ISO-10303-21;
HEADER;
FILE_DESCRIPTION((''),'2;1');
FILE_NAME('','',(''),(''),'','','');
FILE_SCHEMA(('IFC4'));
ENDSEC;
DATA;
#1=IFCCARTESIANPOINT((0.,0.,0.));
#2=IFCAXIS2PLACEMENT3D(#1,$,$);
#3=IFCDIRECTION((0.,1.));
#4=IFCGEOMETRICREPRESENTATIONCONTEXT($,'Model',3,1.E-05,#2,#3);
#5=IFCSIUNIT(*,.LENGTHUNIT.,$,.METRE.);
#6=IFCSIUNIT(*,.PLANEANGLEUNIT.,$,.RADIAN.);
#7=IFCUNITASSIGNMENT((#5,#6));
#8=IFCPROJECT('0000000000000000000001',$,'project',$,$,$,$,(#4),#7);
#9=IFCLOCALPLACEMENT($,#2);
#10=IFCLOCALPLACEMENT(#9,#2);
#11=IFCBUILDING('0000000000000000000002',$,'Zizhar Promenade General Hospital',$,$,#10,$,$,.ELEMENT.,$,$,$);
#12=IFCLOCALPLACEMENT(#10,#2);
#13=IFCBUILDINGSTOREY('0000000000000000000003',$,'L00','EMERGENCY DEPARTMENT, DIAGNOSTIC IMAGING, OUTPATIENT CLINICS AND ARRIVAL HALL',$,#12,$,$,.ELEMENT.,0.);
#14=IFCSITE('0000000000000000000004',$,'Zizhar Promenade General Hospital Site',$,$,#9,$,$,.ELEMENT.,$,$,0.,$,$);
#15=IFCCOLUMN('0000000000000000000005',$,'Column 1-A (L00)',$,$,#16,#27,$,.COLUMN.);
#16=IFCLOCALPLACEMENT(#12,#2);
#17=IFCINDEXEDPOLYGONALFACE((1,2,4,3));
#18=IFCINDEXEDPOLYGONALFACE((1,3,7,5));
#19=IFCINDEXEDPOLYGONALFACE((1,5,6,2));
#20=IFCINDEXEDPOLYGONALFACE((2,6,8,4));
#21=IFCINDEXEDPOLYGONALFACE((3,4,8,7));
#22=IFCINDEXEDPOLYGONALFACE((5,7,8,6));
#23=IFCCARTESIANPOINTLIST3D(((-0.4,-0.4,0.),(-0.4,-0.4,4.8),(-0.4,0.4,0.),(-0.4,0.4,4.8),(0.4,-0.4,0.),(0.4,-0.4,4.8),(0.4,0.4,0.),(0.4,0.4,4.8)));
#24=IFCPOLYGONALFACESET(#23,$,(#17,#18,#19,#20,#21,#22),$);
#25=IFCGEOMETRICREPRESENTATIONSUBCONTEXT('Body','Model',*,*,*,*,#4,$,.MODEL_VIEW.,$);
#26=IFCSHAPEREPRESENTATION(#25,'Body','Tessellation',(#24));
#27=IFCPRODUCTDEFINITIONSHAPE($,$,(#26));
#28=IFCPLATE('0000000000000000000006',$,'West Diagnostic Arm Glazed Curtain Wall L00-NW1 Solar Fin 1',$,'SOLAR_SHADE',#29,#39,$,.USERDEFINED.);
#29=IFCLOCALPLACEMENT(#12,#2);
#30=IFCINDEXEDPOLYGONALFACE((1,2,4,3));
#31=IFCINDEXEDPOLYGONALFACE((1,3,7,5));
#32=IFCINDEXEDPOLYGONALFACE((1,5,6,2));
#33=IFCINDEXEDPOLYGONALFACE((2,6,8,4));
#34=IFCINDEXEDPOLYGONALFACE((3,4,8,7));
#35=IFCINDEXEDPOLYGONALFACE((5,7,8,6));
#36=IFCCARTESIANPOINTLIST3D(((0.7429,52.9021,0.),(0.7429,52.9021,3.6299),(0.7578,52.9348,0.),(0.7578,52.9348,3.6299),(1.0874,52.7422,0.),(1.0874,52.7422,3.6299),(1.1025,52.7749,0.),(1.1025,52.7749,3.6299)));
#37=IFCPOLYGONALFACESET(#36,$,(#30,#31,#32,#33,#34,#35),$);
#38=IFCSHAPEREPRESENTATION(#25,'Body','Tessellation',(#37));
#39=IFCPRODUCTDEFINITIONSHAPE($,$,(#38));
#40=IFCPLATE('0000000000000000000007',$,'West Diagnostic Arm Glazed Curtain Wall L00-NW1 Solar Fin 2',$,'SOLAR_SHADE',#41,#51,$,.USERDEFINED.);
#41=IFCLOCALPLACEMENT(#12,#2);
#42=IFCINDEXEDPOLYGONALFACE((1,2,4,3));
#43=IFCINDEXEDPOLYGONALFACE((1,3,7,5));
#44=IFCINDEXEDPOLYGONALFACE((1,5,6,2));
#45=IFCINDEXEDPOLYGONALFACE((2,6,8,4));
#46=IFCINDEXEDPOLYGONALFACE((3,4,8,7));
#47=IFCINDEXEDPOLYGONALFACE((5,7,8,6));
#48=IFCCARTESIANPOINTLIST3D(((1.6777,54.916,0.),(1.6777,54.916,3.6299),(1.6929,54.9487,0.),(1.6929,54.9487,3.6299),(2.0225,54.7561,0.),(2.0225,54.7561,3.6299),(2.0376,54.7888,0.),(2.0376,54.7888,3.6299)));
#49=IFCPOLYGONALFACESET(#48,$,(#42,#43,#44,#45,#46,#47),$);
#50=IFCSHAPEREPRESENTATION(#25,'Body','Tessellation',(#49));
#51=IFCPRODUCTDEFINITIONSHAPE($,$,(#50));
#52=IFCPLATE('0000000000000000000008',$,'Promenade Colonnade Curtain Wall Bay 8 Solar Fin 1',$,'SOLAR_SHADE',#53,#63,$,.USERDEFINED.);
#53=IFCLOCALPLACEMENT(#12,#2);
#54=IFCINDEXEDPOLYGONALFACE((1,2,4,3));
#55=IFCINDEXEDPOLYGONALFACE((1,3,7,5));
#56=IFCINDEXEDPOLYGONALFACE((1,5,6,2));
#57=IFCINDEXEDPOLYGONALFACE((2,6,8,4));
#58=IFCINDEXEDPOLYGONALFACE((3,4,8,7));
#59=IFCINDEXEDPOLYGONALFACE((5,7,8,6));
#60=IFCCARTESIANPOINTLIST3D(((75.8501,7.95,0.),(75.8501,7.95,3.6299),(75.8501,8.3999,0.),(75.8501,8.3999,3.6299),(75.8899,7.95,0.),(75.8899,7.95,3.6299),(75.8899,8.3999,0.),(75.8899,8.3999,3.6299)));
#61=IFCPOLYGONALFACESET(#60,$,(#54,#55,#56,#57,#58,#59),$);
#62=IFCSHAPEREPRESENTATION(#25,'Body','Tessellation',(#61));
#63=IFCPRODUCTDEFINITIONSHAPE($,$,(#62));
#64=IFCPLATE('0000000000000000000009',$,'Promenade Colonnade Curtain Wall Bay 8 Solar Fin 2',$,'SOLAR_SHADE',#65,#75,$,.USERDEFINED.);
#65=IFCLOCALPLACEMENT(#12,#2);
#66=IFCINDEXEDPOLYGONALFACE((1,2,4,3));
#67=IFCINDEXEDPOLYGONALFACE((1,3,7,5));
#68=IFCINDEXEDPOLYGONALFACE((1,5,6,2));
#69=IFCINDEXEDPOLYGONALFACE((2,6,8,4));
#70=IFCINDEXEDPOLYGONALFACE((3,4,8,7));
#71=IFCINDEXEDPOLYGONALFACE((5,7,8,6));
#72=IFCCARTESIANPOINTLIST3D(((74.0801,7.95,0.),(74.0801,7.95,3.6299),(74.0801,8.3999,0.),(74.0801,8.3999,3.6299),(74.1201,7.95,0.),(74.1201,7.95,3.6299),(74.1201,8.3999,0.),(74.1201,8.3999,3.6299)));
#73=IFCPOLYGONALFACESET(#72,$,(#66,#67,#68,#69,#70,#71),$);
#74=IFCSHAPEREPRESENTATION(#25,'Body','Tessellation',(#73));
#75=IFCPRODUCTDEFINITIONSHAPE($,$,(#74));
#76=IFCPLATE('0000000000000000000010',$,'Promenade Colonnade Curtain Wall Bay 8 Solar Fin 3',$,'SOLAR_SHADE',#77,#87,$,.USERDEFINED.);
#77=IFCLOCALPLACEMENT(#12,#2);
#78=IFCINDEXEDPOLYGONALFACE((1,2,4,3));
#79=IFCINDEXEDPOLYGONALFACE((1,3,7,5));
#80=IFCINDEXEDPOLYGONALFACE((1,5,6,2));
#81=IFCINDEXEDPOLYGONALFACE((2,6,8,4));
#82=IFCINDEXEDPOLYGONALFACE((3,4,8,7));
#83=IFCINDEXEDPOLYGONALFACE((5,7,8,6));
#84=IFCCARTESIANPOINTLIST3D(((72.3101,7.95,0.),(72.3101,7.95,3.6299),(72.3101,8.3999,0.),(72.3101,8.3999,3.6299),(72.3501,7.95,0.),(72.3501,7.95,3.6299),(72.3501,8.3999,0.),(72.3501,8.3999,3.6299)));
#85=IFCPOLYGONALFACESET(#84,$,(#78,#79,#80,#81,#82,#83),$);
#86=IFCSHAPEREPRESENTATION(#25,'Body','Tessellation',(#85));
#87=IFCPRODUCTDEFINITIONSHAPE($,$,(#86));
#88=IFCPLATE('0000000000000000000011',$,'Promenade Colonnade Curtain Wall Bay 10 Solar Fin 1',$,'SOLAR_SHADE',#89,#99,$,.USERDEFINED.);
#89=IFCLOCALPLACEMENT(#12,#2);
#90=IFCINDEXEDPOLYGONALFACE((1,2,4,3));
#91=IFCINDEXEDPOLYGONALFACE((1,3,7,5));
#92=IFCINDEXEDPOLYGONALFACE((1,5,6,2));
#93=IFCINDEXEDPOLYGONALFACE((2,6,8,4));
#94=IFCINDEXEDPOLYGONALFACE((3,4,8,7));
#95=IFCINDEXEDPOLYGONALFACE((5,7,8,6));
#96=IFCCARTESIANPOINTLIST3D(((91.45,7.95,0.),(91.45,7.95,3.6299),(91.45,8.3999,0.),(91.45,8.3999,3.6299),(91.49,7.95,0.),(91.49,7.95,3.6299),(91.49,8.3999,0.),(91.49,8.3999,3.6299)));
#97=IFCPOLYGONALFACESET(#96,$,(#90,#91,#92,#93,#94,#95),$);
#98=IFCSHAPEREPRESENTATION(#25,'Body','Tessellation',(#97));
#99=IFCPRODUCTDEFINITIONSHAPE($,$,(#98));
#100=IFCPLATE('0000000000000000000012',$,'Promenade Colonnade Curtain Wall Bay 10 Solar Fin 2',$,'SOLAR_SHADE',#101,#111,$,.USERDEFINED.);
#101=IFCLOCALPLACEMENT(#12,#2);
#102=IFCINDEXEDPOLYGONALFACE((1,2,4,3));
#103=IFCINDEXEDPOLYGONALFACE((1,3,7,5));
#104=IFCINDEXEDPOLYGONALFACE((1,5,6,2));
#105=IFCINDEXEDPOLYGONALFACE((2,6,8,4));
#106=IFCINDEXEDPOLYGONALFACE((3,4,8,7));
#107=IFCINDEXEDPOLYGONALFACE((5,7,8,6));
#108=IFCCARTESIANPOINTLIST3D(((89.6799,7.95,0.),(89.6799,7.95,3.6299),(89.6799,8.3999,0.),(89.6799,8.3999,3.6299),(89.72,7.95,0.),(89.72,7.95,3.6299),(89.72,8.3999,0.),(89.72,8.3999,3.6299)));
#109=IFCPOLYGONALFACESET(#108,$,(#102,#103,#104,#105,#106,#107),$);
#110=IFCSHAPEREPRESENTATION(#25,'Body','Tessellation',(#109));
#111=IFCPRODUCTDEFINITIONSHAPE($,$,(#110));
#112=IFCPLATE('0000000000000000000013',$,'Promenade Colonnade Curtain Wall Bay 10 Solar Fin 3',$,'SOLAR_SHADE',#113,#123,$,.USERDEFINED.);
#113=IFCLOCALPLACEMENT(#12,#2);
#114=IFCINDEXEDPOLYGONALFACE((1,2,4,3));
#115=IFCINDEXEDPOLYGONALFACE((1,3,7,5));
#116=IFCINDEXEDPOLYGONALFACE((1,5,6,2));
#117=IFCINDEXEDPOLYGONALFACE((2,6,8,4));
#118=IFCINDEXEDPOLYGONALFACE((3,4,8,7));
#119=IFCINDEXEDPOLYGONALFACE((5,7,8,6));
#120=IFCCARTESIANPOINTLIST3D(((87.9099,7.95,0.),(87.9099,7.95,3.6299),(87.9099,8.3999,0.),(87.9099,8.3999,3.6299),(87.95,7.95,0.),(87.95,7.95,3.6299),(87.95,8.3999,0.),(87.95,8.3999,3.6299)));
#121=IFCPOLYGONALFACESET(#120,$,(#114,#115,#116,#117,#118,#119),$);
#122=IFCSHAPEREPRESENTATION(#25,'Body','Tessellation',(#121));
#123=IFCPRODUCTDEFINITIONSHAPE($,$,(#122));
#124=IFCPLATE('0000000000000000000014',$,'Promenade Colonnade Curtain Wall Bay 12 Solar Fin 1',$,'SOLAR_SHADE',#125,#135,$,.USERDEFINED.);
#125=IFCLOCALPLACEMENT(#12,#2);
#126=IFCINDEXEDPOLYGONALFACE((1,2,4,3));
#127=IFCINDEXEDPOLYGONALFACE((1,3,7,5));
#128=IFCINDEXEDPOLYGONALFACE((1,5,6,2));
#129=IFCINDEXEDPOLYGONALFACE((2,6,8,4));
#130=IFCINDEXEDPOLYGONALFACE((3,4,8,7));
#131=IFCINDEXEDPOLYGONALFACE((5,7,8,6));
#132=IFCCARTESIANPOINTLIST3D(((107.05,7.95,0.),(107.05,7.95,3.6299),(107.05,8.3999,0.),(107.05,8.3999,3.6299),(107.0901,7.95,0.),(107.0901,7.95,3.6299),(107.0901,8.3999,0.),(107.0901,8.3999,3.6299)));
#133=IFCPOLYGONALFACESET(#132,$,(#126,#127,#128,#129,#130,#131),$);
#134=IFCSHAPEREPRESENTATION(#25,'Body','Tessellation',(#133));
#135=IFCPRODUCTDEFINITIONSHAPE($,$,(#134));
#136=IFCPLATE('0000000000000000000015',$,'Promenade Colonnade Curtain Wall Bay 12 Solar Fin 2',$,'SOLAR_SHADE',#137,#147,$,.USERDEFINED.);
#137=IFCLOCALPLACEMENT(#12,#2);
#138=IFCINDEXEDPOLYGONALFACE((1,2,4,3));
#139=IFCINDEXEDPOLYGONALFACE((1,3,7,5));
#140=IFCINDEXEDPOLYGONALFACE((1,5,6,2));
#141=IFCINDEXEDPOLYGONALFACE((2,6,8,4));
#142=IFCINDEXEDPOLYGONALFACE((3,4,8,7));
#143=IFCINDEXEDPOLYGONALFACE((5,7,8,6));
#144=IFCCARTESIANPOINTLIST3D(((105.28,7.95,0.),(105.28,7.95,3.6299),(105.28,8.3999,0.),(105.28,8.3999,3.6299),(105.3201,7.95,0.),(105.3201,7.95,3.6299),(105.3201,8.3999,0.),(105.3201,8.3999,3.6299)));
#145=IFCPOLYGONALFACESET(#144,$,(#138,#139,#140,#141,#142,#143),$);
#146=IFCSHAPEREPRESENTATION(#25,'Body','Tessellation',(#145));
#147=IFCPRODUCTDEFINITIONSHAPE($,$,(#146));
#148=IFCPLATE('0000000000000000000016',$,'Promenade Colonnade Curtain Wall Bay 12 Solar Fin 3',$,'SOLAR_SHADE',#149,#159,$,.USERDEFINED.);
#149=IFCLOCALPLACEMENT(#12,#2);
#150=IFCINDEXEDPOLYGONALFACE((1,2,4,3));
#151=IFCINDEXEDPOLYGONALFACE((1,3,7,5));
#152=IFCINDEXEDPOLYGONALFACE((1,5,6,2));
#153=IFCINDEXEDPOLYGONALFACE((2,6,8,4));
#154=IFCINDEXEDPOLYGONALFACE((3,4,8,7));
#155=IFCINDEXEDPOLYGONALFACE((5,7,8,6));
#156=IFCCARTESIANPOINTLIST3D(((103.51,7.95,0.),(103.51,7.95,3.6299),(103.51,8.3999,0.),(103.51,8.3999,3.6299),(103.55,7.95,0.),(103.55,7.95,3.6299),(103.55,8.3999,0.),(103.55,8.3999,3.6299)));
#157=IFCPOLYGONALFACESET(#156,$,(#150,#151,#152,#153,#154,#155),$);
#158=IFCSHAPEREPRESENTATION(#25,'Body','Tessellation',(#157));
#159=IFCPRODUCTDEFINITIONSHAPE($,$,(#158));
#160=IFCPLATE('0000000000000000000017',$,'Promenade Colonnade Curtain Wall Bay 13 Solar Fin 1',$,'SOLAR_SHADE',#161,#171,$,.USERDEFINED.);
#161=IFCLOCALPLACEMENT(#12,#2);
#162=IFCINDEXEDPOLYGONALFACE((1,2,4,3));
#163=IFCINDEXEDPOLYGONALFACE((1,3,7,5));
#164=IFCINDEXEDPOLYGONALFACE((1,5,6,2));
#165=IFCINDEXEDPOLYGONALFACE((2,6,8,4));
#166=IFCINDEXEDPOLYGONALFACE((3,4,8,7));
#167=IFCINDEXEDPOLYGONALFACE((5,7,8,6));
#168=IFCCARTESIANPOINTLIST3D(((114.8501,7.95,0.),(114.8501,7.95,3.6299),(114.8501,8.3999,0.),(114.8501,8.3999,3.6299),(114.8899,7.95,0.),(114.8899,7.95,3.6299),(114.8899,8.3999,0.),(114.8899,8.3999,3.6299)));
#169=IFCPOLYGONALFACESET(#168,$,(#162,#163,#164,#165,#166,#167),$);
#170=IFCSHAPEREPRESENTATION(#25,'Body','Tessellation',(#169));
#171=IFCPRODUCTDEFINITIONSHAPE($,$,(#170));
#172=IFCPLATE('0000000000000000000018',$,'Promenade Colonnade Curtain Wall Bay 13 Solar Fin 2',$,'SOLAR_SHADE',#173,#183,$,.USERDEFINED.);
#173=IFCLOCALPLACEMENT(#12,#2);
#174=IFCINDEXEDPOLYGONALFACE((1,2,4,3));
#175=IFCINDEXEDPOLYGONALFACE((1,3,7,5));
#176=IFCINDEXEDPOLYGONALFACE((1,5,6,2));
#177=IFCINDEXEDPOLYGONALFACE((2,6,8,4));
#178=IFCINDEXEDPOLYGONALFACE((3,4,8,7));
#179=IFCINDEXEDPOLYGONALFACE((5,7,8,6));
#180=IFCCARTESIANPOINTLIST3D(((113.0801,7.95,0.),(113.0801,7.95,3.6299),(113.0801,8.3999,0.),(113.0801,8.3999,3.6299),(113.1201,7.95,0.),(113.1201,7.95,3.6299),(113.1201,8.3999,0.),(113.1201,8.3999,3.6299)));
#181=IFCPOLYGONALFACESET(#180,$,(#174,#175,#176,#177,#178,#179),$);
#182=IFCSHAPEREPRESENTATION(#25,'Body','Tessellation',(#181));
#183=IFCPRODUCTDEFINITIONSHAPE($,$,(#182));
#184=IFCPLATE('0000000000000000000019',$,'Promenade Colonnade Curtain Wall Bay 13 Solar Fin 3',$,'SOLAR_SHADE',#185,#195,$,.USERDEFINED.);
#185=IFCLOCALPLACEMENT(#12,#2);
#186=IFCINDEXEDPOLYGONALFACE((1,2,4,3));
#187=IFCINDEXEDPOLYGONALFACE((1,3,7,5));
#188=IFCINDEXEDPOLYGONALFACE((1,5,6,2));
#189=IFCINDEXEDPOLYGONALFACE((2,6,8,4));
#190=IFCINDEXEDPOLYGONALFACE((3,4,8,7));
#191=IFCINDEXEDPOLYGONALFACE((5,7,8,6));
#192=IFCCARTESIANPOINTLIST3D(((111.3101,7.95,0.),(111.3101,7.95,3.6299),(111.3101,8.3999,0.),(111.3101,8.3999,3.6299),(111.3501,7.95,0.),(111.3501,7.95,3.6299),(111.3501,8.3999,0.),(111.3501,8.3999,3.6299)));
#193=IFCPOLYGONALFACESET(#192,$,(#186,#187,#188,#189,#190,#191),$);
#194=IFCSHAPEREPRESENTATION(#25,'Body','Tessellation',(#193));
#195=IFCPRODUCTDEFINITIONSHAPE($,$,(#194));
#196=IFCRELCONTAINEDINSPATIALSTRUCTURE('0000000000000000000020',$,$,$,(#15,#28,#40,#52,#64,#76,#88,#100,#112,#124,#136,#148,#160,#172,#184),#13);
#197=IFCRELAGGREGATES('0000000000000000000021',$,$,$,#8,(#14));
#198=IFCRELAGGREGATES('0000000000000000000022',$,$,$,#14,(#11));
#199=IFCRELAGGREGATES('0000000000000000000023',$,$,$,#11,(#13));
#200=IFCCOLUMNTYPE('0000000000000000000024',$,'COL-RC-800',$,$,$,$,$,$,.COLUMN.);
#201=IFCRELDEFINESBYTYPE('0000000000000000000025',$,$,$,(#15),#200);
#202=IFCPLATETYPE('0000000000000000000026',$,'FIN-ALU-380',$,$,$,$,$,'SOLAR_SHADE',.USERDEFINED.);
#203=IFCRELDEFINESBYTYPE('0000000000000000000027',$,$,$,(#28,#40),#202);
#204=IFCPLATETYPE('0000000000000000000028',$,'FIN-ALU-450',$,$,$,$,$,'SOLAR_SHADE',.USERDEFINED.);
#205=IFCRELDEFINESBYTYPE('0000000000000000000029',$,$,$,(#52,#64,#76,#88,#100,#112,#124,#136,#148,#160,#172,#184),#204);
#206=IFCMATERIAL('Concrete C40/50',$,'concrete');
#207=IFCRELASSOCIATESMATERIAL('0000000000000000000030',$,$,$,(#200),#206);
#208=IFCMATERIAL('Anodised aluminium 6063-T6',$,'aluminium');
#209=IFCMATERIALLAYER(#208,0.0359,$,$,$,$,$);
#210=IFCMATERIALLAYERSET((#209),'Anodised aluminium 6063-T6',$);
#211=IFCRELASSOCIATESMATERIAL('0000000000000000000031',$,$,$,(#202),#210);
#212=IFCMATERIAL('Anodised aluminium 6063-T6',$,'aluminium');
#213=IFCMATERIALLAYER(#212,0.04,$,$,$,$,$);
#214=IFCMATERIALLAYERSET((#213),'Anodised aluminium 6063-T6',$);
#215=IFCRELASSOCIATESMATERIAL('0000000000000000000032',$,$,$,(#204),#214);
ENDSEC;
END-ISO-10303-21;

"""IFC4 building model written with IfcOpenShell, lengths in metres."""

from ifc_helpers import new_model, si_unit, direction, origin, origin_with_axes, origin_2d, place, context, subcontext, project, spatial, polyline, rectangle, outline, extrude, material, layer, layer_set, material_profile, profile_set, type_object, element, save


model = new_model("IFC4")

# Units and contexts
model_context = context("Model", 3, precision=1e-05, world=origin(), true_north=direction((0.0, 1.0)))
body_context = subcontext(model_context, "Body", "Model", "MODEL_VIEW")
ifc_project = project(units=[si_unit("LENGTHUNIT", "METRE"), si_unit("PLANEANGLEUNIT", "RADIAN")], contexts=[model_context])

# Site, building, storey
site_placement = place(None, origin())
site = spatial("IfcSite", under=ifc_project, at=site_placement, Name="Zizhar Promenade General Hospital Site", CompositionType="ELEMENT", RefElevation=0.0)
building_placement = place(site_placement, origin())
building = spatial("IfcBuilding", under=site, at=building_placement, Name="Zizhar Promenade General Hospital", CompositionType="ELEMENT")
storey_placement = place(building_placement, origin())
storey = spatial("IfcBuildingStorey", under=building, at=storey_placement, Name="L00", Description="EMERGENCY DEPARTMENT, DIAGNOSTIC IMAGING, OUTPATIENT CLINICS AND ARRIVAL HALL", CompositionType="ELEMENT", Elevation=0.0)

# Column
ifc_material_1 = material(Name="Concrete C40/50", Category="concrete")
ifc_material_profile = material_profile(ifc_material_1, rectangle(XDim=0.8, YDim=0.8, at=origin_2d()))
ifc_profile_set = profile_set([ifc_material_profile], Name="Concrete C40/50")
column_type = type_object("IfcColumnType", Name="COL-RC-800", PredefinedType="COLUMN", material=ifc_profile_set)
column_placement = place(storey_placement, origin_with_axes())
element("IfcColumn", 1, at=column_placement, inside=storey, type_object=column_type, Name="Column 1-A (L00)", PredefinedType="COLUMN", context=body_context, shape_type="SweptSolid", body=[
    extrude(rectangle(XDim=0.8, YDim=0.8, at=origin_2d()), origin(), (0.0, 0.0, 1.0), 4.8),
])

# Plates
ifc_material_2 = material(Name="Anodised aluminium 6063-T6", Category="aluminium")
ifc_layer_1 = layer(ifc_material_2, 0.0359)
ifc_layer_set_1 = layer_set([ifc_layer_1], Name="Anodised aluminium 6063-T6")
plate_type_1 = type_object("IfcPlateType", Name="FIN-ALU-380", ElementType="SOLAR_SHADE", PredefinedType="USERDEFINED", material=ifc_layer_set_1)
plate_1_placement = place(storey_placement, origin())
element("IfcPlate", 2, at=plate_1_placement, inside=storey, type_object=plate_type_1, Name="West Diagnostic Arm Glazed Curtain Wall L00-NW1 Solar Fin 1", ObjectType="SOLAR_SHADE", PredefinedType="USERDEFINED", context=body_context, shape_type="SweptSolid", body=[
    extrude(outline(polyline([(1.0874, 52.7422), (1.1025, 52.7749), (0.7578, 52.9348), (0.7429, 52.9021), (1.0874, 52.7422)])), origin(), (0.0, 0.0, 1.0), 3.6299),
])
plate_2_placement = place(storey_placement, origin())
element("IfcPlate", 3, at=plate_2_placement, inside=storey, type_object=plate_type_1, Name="West Diagnostic Arm Glazed Curtain Wall L00-NW1 Solar Fin 2", ObjectType="SOLAR_SHADE", PredefinedType="USERDEFINED", context=body_context, shape_type="SweptSolid", body=[
    extrude(outline(polyline([(2.0225, 54.7561), (2.0376, 54.7888), (1.6929, 54.9487), (1.6777, 54.916), (2.0225, 54.7561)])), origin(), (0.0, 0.0, 1.0), 3.6299),
])
ifc_material_3 = material(Name="Anodised aluminium 6063-T6", Category="aluminium")
ifc_layer_2 = layer(ifc_material_3, 0.04)
ifc_layer_set_2 = layer_set([ifc_layer_2], Name="Anodised aluminium 6063-T6")
plate_type_2 = type_object("IfcPlateType", Name="FIN-ALU-450", ElementType="SOLAR_SHADE", PredefinedType="USERDEFINED", material=ifc_layer_set_2)
plate_3_placement = place(storey_placement, origin())
element("IfcPlate", 4, at=plate_3_placement, inside=storey, type_object=plate_type_2, Name="Promenade Colonnade Curtain Wall Bay 8 Solar Fin 1", ObjectType="SOLAR_SHADE", PredefinedType="USERDEFINED", context=body_context, shape_type="SweptSolid", body=[
    extrude(outline(polyline([(75.8899, 8.3999), (75.8501, 8.3999), (75.8501, 7.95), (75.8899, 7.95), (75.8899, 8.3999)])), origin(), (0.0, 0.0, 1.0), 3.6299),
])
plate_4_placement = place(storey_placement, origin())
element("IfcPlate", 5, at=plate_4_placement, inside=storey, type_object=plate_type_2, Name="Promenade Colonnade Curtain Wall Bay 8 Solar Fin 2", ObjectType="SOLAR_SHADE", PredefinedType="USERDEFINED", context=body_context, shape_type="SweptSolid", body=[
    extrude(outline(polyline([(74.1201, 8.3999), (74.0801, 8.3999), (74.0801, 7.95), (74.1201, 7.95), (74.1201, 8.3999)])), origin(), (0.0, 0.0, 1.0), 3.6299),
])
plate_5_placement = place(storey_placement, origin())
element("IfcPlate", 6, at=plate_5_placement, inside=storey, type_object=plate_type_2, Name="Promenade Colonnade Curtain Wall Bay 8 Solar Fin 3", ObjectType="SOLAR_SHADE", PredefinedType="USERDEFINED", context=body_context, shape_type="SweptSolid", body=[
    extrude(outline(polyline([(72.3501, 8.3999), (72.3101, 8.3999), (72.3101, 7.95), (72.3501, 7.95), (72.3501, 8.3999)])), origin(), (0.0, 0.0, 1.0), 3.6299),
])
plate_6_placement = place(storey_placement, origin())
element("IfcPlate", 7, at=plate_6_placement, inside=storey, type_object=plate_type_2, Name="Promenade Colonnade Curtain Wall Bay 10 Solar Fin 1", ObjectType="SOLAR_SHADE", PredefinedType="USERDEFINED", context=body_context, shape_type="SweptSolid", body=[
    extrude(outline(polyline([(91.49, 8.3999), (91.45, 8.3999), (91.45, 7.95), (91.49, 7.95), (91.49, 8.3999)])), origin(), (0.0, 0.0, 1.0), 3.6299),
])
plate_7_placement = place(storey_placement, origin())
element("IfcPlate", 8, at=plate_7_placement, inside=storey, type_object=plate_type_2, Name="Promenade Colonnade Curtain Wall Bay 10 Solar Fin 2", ObjectType="SOLAR_SHADE", PredefinedType="USERDEFINED", context=body_context, shape_type="SweptSolid", body=[
    extrude(outline(polyline([(89.72, 8.3999), (89.6799, 8.3999), (89.6799, 7.95), (89.72, 7.95), (89.72, 8.3999)])), origin(), (0.0, 0.0, 1.0), 3.6299),
])
plate_8_placement = place(storey_placement, origin())
element("IfcPlate", 9, at=plate_8_placement, inside=storey, type_object=plate_type_2, Name="Promenade Colonnade Curtain Wall Bay 10 Solar Fin 3", ObjectType="SOLAR_SHADE", PredefinedType="USERDEFINED", context=body_context, shape_type="SweptSolid", body=[
    extrude(outline(polyline([(87.95, 8.3999), (87.9099, 8.3999), (87.9099, 7.95), (87.95, 7.95), (87.95, 8.3999)])), origin(), (0.0, 0.0, 1.0), 3.6299),
])
plate_9_placement = place(storey_placement, origin())
element("IfcPlate", 10, at=plate_9_placement, inside=storey, type_object=plate_type_2, Name="Promenade Colonnade Curtain Wall Bay 12 Solar Fin 1", ObjectType="SOLAR_SHADE", PredefinedType="USERDEFINED", context=body_context, shape_type="SweptSolid", body=[
    extrude(outline(polyline([(107.0901, 8.3999), (107.05, 8.3999), (107.05, 7.95), (107.0901, 7.95), (107.0901, 8.3999)])), origin(), (0.0, 0.0, 1.0), 3.6299),
])
plate_10_placement = place(storey_placement, origin())
element("IfcPlate", 11, at=plate_10_placement, inside=storey, type_object=plate_type_2, Name="Promenade Colonnade Curtain Wall Bay 12 Solar Fin 2", ObjectType="SOLAR_SHADE", PredefinedType="USERDEFINED", context=body_context, shape_type="SweptSolid", body=[
    extrude(outline(polyline([(105.3201, 8.3999), (105.28, 8.3999), (105.28, 7.95), (105.3201, 7.95), (105.3201, 8.3999)])), origin(), (0.0, 0.0, 1.0), 3.6299),
])
plate_11_placement = place(storey_placement, origin())
element("IfcPlate", 12, at=plate_11_placement, inside=storey, type_object=plate_type_2, Name="Promenade Colonnade Curtain Wall Bay 12 Solar Fin 3", ObjectType="SOLAR_SHADE", PredefinedType="USERDEFINED", context=body_context, shape_type="SweptSolid", body=[
    extrude(outline(polyline([(103.55, 8.3999), (103.51, 8.3999), (103.51, 7.95), (103.55, 7.95), (103.55, 8.3999)])), origin(), (0.0, 0.0, 1.0), 3.6299),
])
plate_12_placement = place(storey_placement, origin())
element("IfcPlate", 13, at=plate_12_placement, inside=storey, type_object=plate_type_2, Name="Promenade Colonnade Curtain Wall Bay 13 Solar Fin 1", ObjectType="SOLAR_SHADE", PredefinedType="USERDEFINED", context=body_context, shape_type="SweptSolid", body=[
    extrude(outline(polyline([(114.8899, 8.3999), (114.8501, 8.3999), (114.8501, 7.95), (114.8899, 7.95), (114.8899, 8.3999)])), origin(), (0.0, 0.0, 1.0), 3.6299),
])
plate_13_placement = place(storey_placement, origin())
element("IfcPlate", 14, at=plate_13_placement, inside=storey, type_object=plate_type_2, Name="Promenade Colonnade Curtain Wall Bay 13 Solar Fin 2", ObjectType="SOLAR_SHADE", PredefinedType="USERDEFINED", context=body_context, shape_type="SweptSolid", body=[
    extrude(outline(polyline([(113.1201, 8.3999), (113.0801, 8.3999), (113.0801, 7.95), (113.1201, 7.95), (113.1201, 8.3999)])), origin(), (0.0, 0.0, 1.0), 3.6299),
])
plate_14_placement = place(storey_placement, origin())
element("IfcPlate", 15, at=plate_14_placement, inside=storey, type_object=plate_type_2, Name="Promenade Colonnade Curtain Wall Bay 13 Solar Fin 3", ObjectType="SOLAR_SHADE", PredefinedType="USERDEFINED", context=body_context, shape_type="SweptSolid", body=[
    extrude(outline(polyline([(111.3501, 8.3999), (111.3101, 8.3999), (111.3101, 7.95), (111.3501, 7.95), (111.3501, 8.3999)])), origin(), (0.0, 0.0, 1.0), 3.6299),
])

save(model, "model.ifc")
